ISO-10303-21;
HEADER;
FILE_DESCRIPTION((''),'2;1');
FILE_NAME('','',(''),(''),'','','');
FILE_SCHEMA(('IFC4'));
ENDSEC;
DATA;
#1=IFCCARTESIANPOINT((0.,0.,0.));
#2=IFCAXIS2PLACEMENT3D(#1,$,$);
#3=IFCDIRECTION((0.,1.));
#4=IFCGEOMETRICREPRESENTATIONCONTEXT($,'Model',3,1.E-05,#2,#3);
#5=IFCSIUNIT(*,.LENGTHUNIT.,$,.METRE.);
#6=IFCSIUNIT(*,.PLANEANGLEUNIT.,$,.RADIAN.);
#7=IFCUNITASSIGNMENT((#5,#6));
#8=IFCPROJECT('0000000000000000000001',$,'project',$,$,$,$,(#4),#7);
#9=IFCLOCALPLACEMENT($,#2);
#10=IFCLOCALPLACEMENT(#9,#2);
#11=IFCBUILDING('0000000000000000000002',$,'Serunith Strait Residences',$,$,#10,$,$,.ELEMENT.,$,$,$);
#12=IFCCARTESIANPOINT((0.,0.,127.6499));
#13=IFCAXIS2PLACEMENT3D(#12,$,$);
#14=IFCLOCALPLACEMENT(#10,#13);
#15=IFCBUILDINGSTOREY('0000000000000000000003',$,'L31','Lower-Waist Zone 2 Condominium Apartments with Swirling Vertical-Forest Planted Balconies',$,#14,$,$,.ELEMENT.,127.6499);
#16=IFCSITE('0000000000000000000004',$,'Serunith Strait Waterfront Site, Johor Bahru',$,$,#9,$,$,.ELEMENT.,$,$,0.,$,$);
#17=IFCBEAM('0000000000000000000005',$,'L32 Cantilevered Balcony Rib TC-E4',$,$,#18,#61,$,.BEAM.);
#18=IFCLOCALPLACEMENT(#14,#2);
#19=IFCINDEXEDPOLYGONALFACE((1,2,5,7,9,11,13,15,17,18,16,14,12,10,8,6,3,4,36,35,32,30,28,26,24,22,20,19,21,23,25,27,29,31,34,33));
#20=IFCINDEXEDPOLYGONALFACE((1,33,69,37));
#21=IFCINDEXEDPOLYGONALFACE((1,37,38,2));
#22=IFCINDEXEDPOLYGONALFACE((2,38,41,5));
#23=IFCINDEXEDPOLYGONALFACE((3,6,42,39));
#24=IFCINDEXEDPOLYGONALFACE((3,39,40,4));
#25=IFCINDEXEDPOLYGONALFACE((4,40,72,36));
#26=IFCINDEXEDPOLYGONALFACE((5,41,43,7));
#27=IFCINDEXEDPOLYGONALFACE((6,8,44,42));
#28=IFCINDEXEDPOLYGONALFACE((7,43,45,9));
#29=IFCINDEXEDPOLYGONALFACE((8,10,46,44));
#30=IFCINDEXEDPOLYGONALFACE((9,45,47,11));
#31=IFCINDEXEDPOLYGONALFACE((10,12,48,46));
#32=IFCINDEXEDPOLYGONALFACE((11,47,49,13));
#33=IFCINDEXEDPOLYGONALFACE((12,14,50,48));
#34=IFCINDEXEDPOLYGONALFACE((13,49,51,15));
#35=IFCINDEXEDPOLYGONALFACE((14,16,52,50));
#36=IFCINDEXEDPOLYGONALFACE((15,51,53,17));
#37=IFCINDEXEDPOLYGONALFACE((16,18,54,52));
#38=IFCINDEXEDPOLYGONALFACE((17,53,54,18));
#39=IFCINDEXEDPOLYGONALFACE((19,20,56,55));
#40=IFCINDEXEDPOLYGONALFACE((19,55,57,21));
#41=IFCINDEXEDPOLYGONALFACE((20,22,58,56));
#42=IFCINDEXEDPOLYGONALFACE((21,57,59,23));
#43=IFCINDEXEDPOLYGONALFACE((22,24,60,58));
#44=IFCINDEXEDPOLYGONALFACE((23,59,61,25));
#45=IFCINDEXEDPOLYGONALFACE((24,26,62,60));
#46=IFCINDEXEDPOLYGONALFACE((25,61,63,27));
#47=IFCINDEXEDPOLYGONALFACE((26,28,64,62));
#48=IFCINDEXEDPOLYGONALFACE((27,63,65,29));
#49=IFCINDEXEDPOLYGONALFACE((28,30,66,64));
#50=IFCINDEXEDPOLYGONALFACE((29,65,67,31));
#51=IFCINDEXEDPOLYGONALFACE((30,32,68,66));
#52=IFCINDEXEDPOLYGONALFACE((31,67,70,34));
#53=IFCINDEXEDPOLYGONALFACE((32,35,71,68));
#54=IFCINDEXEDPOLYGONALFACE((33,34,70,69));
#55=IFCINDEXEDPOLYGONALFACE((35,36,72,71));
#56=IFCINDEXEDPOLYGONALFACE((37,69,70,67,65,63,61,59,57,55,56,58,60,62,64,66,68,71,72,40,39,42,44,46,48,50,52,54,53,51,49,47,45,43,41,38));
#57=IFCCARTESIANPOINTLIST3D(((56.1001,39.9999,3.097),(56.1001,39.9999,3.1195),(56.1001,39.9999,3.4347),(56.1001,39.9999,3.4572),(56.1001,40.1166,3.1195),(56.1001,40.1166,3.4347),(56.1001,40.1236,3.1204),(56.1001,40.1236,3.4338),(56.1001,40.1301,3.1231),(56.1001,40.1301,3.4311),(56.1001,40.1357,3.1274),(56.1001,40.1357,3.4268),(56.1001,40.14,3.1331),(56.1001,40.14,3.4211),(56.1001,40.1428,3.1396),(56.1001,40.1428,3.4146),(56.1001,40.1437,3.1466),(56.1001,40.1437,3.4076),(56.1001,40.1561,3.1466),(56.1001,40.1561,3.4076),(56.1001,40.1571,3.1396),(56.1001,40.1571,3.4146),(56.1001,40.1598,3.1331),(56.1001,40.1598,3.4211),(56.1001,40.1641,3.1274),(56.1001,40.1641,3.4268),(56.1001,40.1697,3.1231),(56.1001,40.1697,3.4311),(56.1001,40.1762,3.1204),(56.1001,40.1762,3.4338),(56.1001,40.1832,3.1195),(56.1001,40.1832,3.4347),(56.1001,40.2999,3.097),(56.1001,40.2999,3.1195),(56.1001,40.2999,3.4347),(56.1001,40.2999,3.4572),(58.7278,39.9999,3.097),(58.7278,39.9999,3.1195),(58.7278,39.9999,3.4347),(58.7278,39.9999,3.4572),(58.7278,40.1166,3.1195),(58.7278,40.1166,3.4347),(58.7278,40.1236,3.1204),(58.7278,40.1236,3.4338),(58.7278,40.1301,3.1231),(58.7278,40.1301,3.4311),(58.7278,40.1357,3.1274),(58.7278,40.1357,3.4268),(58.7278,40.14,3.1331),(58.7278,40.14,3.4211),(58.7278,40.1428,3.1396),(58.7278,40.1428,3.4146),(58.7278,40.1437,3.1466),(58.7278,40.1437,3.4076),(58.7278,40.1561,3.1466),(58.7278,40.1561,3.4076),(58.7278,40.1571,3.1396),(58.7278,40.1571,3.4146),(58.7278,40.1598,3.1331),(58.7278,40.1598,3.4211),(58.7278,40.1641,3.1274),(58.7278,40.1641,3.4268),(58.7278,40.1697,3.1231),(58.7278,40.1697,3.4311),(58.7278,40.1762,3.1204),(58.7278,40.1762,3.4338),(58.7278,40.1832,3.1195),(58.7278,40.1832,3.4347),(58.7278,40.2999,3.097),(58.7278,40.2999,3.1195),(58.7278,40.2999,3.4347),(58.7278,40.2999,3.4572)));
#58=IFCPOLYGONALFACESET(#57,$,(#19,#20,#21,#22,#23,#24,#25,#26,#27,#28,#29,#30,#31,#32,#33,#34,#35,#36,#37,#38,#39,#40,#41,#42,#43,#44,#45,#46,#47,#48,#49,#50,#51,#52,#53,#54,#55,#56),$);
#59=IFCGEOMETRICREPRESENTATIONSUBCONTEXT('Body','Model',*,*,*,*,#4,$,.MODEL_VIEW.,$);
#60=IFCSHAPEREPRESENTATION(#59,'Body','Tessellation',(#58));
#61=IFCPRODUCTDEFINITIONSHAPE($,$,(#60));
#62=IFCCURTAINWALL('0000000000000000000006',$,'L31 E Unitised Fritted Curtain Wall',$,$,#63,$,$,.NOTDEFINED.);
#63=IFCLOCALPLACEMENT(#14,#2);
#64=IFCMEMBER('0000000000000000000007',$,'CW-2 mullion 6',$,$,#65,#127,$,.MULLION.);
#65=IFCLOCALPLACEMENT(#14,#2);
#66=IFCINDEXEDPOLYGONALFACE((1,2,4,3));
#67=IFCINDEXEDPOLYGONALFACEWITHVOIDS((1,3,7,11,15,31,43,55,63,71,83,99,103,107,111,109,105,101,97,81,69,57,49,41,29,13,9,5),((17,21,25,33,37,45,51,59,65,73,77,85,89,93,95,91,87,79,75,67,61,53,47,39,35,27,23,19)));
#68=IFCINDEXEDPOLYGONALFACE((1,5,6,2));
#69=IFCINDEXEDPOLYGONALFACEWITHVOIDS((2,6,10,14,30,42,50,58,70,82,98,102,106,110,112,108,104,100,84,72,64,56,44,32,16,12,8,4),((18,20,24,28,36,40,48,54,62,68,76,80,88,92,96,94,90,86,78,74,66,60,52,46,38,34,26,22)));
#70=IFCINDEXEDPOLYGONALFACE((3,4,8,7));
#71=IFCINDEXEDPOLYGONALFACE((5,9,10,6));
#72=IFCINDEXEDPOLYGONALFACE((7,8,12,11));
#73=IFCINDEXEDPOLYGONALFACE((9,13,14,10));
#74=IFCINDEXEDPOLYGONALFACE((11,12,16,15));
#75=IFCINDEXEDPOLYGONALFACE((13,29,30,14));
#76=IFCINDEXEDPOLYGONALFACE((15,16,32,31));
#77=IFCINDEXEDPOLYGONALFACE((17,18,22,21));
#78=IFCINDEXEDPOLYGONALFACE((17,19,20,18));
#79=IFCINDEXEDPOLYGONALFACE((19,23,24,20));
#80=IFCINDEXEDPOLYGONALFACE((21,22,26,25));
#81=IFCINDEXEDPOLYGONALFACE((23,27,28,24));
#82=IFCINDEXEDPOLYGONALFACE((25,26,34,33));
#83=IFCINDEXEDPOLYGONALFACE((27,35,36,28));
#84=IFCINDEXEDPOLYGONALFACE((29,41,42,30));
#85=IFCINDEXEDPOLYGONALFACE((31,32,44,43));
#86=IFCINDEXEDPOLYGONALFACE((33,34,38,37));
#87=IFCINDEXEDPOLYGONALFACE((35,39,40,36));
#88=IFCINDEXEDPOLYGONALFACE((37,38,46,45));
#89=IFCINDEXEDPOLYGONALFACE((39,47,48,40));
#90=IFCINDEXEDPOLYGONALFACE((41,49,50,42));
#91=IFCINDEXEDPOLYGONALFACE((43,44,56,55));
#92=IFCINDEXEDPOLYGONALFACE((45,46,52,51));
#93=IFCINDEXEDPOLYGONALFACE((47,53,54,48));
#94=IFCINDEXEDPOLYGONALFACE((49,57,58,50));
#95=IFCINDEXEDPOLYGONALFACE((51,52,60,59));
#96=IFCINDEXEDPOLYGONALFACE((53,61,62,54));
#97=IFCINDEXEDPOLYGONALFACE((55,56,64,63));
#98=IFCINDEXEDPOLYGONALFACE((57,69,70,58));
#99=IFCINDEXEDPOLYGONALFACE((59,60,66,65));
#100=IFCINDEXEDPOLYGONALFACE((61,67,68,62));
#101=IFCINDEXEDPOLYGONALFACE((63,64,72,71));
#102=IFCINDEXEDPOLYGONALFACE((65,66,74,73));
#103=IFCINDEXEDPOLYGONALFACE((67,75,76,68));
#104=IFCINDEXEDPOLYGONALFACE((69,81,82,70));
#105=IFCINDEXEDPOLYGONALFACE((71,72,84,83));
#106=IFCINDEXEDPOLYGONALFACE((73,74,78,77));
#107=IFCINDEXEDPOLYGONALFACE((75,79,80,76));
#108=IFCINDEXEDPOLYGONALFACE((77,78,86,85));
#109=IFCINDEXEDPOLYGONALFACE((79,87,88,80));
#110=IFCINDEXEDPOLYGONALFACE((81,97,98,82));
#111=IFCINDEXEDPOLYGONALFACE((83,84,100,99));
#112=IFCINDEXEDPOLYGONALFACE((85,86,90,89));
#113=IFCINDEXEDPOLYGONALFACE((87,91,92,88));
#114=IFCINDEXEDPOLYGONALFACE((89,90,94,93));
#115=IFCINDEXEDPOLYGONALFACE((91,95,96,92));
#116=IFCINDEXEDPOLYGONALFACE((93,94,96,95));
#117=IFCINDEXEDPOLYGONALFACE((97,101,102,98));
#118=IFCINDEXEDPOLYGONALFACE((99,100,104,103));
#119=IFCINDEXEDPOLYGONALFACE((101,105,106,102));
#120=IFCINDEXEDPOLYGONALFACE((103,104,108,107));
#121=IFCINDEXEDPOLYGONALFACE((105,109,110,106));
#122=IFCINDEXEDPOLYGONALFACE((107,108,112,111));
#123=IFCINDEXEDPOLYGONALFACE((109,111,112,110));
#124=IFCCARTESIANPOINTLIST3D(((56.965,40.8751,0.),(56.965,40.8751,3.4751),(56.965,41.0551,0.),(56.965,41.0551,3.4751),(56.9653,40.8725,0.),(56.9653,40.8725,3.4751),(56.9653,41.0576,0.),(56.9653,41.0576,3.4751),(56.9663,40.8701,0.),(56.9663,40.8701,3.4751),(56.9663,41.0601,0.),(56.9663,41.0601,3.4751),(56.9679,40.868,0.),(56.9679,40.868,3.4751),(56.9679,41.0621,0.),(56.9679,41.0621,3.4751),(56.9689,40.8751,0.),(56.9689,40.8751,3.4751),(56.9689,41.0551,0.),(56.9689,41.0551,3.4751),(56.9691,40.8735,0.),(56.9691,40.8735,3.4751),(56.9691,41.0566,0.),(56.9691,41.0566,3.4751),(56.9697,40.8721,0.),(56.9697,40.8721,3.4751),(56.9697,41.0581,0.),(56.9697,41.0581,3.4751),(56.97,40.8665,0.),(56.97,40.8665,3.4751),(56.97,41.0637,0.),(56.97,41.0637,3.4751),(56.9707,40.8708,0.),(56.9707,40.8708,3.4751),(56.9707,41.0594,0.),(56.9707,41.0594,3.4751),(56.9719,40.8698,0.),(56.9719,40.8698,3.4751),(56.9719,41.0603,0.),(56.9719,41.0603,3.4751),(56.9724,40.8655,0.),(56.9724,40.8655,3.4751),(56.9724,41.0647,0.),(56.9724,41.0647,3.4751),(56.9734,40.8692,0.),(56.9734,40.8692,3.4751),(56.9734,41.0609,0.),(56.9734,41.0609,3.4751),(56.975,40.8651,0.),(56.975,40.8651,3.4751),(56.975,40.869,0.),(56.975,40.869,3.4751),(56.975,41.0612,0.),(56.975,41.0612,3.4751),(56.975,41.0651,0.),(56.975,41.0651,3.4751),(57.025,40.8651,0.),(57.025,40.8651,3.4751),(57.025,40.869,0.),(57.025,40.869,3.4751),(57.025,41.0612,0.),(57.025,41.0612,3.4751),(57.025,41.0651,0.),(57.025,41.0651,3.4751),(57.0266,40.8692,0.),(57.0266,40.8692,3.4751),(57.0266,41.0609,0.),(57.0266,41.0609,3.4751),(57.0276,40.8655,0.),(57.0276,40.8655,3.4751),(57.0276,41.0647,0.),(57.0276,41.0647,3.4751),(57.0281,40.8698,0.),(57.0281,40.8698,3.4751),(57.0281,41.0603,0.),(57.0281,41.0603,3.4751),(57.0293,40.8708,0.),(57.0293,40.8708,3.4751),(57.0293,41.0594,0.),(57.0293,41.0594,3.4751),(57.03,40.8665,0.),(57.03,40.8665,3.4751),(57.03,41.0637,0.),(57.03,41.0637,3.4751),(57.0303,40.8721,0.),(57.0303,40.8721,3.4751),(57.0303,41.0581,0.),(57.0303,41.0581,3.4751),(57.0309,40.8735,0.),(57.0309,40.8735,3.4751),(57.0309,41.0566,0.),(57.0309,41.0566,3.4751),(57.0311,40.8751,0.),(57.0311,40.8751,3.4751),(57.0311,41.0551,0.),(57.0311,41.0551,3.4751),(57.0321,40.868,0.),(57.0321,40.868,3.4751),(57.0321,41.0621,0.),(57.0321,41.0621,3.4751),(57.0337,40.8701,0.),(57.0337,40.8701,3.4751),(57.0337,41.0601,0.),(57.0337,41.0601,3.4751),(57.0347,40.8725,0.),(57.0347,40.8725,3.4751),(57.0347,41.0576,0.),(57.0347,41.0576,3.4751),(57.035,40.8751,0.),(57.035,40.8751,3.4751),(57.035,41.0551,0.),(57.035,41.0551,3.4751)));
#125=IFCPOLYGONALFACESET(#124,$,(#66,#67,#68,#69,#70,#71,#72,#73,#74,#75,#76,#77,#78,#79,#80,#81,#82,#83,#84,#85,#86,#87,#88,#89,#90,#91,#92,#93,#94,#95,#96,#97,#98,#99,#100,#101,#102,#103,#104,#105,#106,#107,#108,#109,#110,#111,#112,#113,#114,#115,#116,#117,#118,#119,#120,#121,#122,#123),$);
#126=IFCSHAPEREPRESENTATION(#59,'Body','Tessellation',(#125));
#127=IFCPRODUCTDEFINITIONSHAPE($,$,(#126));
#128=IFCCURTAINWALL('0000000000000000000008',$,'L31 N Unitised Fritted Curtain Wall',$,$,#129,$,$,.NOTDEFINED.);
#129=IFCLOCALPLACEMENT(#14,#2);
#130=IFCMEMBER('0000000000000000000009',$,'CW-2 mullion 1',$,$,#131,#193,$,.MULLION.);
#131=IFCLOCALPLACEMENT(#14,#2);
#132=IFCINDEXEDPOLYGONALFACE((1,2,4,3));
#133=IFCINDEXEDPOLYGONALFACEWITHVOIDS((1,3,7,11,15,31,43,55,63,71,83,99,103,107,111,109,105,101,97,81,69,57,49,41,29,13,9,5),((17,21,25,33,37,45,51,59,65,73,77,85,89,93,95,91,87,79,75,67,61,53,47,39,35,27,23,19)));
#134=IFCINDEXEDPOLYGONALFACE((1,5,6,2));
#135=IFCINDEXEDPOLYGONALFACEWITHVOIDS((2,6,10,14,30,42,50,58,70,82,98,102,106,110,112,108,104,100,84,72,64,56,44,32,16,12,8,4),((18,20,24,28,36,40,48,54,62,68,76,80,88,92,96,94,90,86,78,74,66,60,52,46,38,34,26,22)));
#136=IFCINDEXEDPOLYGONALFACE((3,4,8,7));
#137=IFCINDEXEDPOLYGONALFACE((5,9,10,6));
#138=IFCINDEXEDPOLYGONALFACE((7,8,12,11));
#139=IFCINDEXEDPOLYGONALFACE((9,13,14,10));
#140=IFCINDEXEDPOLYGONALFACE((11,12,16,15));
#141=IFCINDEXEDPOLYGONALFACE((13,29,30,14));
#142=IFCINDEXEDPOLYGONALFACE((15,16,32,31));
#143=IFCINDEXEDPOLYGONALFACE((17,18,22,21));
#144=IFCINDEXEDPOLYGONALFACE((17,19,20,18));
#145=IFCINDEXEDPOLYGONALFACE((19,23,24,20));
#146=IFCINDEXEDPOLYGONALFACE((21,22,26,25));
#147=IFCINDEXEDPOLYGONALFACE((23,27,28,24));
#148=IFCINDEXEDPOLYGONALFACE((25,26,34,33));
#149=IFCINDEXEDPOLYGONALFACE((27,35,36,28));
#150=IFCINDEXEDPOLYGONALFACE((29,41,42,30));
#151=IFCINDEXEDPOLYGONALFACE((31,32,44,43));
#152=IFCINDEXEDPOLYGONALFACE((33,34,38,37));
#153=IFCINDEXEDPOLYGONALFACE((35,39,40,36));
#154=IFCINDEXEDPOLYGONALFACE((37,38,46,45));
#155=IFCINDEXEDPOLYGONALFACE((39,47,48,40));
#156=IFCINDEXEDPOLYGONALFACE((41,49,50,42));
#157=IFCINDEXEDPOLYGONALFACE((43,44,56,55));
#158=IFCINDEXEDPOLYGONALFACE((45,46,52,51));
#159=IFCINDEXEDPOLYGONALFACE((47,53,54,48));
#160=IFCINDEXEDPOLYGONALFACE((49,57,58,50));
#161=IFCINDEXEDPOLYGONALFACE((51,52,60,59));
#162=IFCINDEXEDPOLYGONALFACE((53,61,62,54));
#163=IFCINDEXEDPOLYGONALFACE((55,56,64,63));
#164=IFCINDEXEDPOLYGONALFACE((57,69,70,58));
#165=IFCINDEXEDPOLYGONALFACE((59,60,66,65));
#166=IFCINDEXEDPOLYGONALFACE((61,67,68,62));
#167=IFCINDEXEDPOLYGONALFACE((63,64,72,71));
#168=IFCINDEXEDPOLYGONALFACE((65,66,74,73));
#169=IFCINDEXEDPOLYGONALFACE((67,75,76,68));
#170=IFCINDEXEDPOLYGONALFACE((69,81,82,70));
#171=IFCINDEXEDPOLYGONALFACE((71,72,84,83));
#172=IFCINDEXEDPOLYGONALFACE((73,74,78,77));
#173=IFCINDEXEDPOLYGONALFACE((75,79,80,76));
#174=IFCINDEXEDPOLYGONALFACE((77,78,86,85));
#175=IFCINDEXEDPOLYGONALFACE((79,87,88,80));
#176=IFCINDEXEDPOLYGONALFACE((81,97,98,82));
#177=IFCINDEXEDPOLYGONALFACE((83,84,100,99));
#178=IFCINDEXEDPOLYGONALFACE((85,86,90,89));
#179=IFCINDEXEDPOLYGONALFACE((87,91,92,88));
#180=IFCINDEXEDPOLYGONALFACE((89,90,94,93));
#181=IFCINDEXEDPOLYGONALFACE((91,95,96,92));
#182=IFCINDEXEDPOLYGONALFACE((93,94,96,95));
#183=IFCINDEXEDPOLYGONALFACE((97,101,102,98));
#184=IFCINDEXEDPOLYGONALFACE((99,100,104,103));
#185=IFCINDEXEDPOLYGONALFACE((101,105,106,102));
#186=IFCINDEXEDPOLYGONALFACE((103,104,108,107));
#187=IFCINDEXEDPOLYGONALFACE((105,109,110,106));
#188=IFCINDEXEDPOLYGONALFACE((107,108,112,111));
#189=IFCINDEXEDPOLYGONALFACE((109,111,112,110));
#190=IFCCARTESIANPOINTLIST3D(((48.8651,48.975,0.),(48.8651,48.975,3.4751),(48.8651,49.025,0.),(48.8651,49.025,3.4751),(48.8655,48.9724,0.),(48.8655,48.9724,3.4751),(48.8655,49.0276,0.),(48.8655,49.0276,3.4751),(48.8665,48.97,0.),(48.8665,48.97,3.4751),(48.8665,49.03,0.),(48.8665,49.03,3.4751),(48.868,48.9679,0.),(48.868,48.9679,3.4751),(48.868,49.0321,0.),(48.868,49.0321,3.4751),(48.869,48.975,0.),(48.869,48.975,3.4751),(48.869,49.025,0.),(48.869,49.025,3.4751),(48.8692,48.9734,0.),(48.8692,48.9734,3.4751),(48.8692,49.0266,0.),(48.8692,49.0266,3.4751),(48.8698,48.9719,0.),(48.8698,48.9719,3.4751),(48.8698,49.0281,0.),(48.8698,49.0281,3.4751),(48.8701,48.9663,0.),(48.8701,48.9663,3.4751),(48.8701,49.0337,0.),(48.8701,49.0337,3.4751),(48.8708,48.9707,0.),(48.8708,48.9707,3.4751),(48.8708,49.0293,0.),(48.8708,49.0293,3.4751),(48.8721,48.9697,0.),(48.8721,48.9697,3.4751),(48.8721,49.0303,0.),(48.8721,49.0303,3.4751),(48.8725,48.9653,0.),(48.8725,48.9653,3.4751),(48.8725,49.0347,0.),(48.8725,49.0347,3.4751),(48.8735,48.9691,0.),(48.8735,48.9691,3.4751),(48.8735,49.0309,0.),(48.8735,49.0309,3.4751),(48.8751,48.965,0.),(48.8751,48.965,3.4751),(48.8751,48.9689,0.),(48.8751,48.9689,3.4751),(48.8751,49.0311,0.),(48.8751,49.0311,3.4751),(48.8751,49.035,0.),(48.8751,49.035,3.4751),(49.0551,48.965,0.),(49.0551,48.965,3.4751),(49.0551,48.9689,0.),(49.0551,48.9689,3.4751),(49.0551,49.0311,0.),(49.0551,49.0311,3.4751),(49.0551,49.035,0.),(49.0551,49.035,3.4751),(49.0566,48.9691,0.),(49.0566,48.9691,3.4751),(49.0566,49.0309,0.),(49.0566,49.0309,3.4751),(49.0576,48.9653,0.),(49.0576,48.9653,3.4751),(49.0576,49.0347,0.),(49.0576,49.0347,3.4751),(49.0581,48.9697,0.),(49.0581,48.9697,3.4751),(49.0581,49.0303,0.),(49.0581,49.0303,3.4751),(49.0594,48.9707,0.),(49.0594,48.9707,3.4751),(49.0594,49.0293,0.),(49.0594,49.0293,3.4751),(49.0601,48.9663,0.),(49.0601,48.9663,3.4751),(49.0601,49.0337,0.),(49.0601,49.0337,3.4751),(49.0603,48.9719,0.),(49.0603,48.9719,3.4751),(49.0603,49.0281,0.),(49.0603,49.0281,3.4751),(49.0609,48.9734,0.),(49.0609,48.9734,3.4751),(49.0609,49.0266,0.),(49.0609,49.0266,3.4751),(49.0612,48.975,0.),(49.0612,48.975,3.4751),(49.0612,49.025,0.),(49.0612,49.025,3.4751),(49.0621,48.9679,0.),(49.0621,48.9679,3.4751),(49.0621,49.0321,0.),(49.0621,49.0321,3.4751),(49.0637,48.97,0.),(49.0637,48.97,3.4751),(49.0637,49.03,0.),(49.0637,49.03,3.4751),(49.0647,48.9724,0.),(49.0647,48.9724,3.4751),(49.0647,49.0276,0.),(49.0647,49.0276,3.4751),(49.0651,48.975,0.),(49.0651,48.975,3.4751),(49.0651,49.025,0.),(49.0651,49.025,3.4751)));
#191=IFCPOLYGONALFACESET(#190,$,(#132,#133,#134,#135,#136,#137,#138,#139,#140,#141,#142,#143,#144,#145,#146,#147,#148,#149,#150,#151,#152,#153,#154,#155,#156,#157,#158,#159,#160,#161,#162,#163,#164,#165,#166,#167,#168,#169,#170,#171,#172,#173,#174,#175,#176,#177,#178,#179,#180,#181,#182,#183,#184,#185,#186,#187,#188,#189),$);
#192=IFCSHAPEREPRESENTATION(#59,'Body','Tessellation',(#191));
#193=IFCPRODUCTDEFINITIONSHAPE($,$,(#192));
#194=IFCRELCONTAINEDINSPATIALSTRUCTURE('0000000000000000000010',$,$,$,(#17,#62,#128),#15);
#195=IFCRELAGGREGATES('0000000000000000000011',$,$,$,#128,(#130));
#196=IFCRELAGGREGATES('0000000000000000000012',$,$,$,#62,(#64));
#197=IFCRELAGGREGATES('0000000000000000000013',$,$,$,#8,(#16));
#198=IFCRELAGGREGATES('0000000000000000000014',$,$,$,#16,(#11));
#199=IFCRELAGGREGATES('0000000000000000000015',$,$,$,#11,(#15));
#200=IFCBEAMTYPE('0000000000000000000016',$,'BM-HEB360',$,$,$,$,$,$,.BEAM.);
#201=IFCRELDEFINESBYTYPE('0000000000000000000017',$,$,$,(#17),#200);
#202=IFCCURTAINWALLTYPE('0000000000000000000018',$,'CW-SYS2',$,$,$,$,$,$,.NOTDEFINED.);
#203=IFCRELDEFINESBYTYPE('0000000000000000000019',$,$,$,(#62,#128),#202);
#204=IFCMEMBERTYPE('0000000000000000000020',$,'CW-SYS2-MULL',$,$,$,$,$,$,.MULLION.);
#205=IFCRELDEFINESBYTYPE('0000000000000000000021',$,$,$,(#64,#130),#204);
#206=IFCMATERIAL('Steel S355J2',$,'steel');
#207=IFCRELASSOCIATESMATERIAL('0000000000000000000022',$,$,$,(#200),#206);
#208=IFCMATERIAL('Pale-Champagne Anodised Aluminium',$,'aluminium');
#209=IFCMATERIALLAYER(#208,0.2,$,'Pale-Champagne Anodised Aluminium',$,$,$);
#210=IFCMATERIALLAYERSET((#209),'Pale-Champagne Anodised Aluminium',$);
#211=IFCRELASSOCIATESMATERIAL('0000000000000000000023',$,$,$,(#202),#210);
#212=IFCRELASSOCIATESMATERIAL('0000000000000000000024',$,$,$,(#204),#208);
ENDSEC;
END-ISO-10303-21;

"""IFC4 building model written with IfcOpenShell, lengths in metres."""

from ifc_helpers import new_model, si_unit, direction, frame, origin, origin_2d, place, context, subcontext, project, spatial, hollow_rectangle, i_section, extrude, source, transform, mapped, material, layer, layer_set, material_profile, profile_set, type_object, element, aggregate, save


model = new_model("IFC4")

# Units and contexts
model_context = context("Model", 3, precision=1e-05, world=origin(), true_north=direction((0.0, 1.0)))
body_context = subcontext(model_context, "Body", "Model", "MODEL_VIEW")
ifc_project = project(units=[si_unit("LENGTHUNIT", "METRE"), si_unit("PLANEANGLEUNIT", "RADIAN")], contexts=[model_context])

# Site, building, storey
site_placement = place(None, origin())
site = spatial("IfcSite", under=ifc_project, at=site_placement, Name="Serunith Strait Waterfront Site, Johor Bahru", CompositionType="ELEMENT", RefElevation=0.0)
building_placement = place(site_placement, origin())
building = spatial("IfcBuilding", under=site, at=building_placement, Name="Serunith Strait Residences", CompositionType="ELEMENT")
storey_placement = place(building_placement, frame((0.0, 0.0, 127.6499)))
storey = spatial("IfcBuildingStorey", under=building, at=storey_placement, Name="L31", Description="Lower-Waist Zone 2 Condominium Apartments with Swirling Vertical-Forest Planted Balconies", CompositionType="ELEMENT", Elevation=127.6499)

# Beam
ifc_material_1 = material(Name="Steel S355J2", Category="steel")
ifc_material_profile_1 = material_profile(ifc_material_1, i_section(OverallWidth=0.3, OverallDepth=0.3601, WebThickness=0.0125, FlangeThickness=0.0225, FilletRadius=0.0271, at=origin_2d()), Name="HEB 360")
ifc_profile_set_1 = profile_set([ifc_material_profile_1], Name="Steel S355J2")
beam_type_1 = type_object("IfcBeamType", Name="BM-HEB360", PredefinedType="BEAM", material=ifc_profile_set_1)
shared_shape_1 = source(origin(), body_context, "Body", "SweptSolid", [
    extrude(i_section(OverallWidth=0.3, OverallDepth=0.3601, WebThickness=0.0125, FlangeThickness=0.0225, FilletRadius=0.0271, at=origin_2d()), origin(), (0.0, 0.0, 1.0), 2.6277),
])
beam_1_placement = place(storey_placement, frame((56.1001, 40.1499, 3.2771), z_axis=(1.0, 0.0, 0.0), x_axis=(0.0, 1.0, 0.0)))
element("IfcBeam", 1, at=beam_1_placement, inside=storey, type_object=beam_type_1, Name="L32 Cantilevered Balcony Rib TC-E4", PredefinedType="BEAM", context=body_context, shape_type="MappedRepresentation", body=[
    mapped(shared_shape_1, transform((0.0, 0.0, 0.0), scale=1.0)),
])

# Curtain wall, member
ifc_material_2 = material(Name="Pale-Champagne Anodised Aluminium", Category="aluminium")
ifc_layer_1 = layer(ifc_material_2, 0.2, Name="Pale-Champagne Anodised Aluminium")
ifc_layer_set_1 = layer_set([ifc_layer_1], Name="Pale-Champagne Anodised Aluminium")
curtain_wall_type = type_object("IfcCurtainWallType", Name="CW-SYS2", PredefinedType="NOTDEFINED", material=ifc_layer_set_1)
curtain_wall_1_placement = place(storey_placement, origin())
curtain_wall_1 = element("IfcCurtainWall", 2, at=curtain_wall_1_placement, inside=storey, type_object=curtain_wall_type, Name="L31 E Unitised Fritted Curtain Wall", PredefinedType="NOTDEFINED")
ifc_material_profile_2 = material_profile(ifc_material_2, hollow_rectangle(XDim=0.0701, YDim=0.2, WallThickness=0.0039, InnerFilletRadius=0.0061, OuterFilletRadius=0.01, at=origin_2d()), Name="ALU 200x70x4")
ifc_profile_set_2 = profile_set([ifc_material_profile_2], Name="Pale-Champagne Anodised Aluminium")
member_type_1 = type_object("IfcMemberType", Name="CW-SYS2-MULL", PredefinedType="MULLION", material=ifc_profile_set_2)
shared_shape_2 = source(origin(), body_context, "Body", "SweptSolid", [
    extrude(hollow_rectangle(XDim=0.0701, YDim=0.2, WallThickness=0.0039, InnerFilletRadius=0.0061, OuterFilletRadius=0.01, at=origin_2d()), origin(), (0.0, 0.0, 1.0), 3.4751),
])
member_1_placement = place(storey_placement, frame((57.0, 40.9651, 0.0), z_axis=(0.0, 0.0, 1.0), x_axis=(-1.0, 0.0, 0.0)))
member_1 = element("IfcMember", 3, at=member_1_placement, type_object=member_type_1, Name="CW-2 mullion 6", PredefinedType="MULLION", context=body_context, shape_type="MappedRepresentation", body=[
    mapped(shared_shape_2, transform((0.0, 0.0, 0.0), scale=1.0)),
])

# Curtain wall, member
curtain_wall_2_placement = place(storey_placement, origin())
curtain_wall_2 = element("IfcCurtainWall", 4, at=curtain_wall_2_placement, inside=storey, type_object=curtain_wall_type, Name="L31 N Unitised Fritted Curtain Wall", PredefinedType="NOTDEFINED")
member_2_placement = place(storey_placement, frame((48.9651, 49.0, 0.0), z_axis=(0.0, 0.0, 1.0), x_axis=(0.0, -1.0, 0.0)))
member_2 = element("IfcMember", 5, at=member_2_placement, type_object=member_type_1, Name="CW-2 mullion 1", PredefinedType="MULLION", context=body_context, shape_type="MappedRepresentation", body=[
    mapped(shared_shape_2, transform((0.0, 0.0, 0.0), scale=1.0)),
])
aggregate(curtain_wall_2, [member_2])

aggregate(curtain_wall_1, [member_1])

save(model, "model.ifc")
